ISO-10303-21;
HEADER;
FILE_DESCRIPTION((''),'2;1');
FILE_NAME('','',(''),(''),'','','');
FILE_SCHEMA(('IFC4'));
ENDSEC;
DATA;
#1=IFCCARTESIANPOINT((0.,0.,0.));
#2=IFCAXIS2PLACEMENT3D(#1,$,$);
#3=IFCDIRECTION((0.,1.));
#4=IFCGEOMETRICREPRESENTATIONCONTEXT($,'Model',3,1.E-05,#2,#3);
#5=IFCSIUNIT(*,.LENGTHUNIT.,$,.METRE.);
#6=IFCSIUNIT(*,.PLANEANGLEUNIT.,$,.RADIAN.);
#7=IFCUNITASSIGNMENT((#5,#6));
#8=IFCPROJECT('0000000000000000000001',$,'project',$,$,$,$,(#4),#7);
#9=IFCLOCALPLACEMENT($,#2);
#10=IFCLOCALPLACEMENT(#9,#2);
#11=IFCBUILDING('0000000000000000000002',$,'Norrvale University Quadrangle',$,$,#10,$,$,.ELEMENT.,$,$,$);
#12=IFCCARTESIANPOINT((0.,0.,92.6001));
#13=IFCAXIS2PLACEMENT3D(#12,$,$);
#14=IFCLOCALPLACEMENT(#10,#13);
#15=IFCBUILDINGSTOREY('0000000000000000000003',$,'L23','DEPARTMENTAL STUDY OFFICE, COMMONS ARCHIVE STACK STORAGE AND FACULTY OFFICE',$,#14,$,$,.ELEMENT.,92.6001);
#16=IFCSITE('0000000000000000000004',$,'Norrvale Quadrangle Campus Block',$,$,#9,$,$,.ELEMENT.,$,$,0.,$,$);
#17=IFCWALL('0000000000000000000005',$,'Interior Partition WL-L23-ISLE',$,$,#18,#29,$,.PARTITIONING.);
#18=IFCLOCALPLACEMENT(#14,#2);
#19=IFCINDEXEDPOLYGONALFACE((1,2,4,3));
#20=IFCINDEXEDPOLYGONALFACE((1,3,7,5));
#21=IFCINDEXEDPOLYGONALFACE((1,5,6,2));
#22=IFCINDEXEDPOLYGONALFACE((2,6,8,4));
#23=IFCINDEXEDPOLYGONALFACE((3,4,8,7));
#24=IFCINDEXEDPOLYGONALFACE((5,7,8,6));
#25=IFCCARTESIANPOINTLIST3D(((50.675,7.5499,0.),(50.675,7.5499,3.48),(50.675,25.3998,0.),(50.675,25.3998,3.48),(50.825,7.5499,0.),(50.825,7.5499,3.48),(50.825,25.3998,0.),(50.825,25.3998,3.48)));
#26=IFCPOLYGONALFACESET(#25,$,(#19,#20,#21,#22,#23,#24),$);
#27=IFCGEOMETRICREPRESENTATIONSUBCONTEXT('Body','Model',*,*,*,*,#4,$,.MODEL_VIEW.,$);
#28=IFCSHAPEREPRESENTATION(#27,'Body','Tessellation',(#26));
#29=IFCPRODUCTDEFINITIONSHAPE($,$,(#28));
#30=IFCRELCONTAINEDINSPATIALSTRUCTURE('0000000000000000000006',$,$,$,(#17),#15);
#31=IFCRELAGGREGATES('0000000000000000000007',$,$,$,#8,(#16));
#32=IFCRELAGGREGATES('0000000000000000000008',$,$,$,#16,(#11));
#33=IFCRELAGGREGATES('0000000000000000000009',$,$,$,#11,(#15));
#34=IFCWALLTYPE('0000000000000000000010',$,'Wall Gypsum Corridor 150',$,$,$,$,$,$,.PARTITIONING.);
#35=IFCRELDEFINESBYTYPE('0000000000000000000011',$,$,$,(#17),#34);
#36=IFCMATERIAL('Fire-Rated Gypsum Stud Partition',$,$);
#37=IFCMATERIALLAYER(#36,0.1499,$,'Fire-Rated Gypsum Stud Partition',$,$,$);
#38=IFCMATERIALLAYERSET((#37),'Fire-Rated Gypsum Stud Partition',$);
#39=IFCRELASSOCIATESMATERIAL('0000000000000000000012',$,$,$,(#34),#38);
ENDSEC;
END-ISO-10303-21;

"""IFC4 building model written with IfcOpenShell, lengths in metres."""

from ifc_helpers import new_model, si_unit, direction, frame, frame_2d, origin, place, context, subcontext, project, spatial, rectangle, extrude, material, layer, layer_set, type_object, element, save


model = new_model("IFC4")

# Units and contexts
model_context = context("Model", 3, precision=1e-05, world=origin(), true_north=direction((0.0, 1.0)))
body_context = subcontext(model_context, "Body", "Model", "MODEL_VIEW")
ifc_project = project(units=[si_unit("LENGTHUNIT", "METRE"), si_unit("PLANEANGLEUNIT", "RADIAN")], contexts=[model_context])

# Site, building, storey
site_placement = place(None, origin())
site = spatial("IfcSite", under=ifc_project, at=site_placement, Name="Norrvale Quadrangle Campus Block", CompositionType="ELEMENT", RefElevation=0.0)
building_placement = place(site_placement, origin())
building = spatial("IfcBuilding", under=site, at=building_placement, Name="Norrvale University Quadrangle", CompositionType="ELEMENT")
storey_placement = place(building_placement, frame((0.0, 0.0, 92.6001)))
storey = spatial("IfcBuildingStorey", under=building, at=storey_placement, Name="L23", Description="DEPARTMENTAL STUDY OFFICE, COMMONS ARCHIVE STACK STORAGE AND FACULTY OFFICE", CompositionType="ELEMENT", Elevation=92.6001)

# Shared definitions
ifc_material_1 = material(Name="Fire-Rated Gypsum Stud Partition")
ifc_layer_1 = layer(ifc_material_1, 0.1499, Name="Fire-Rated Gypsum Stud Partition")
ifc_layer_set_1 = layer_set([ifc_layer_1], Name="Fire-Rated Gypsum Stud Partition")
wall_type_1 = type_object("IfcWallType", Name="Wall Gypsum Corridor 150", PredefinedType="PARTITIONING", material=ifc_layer_set_1)

# Wall
wall_1_placement = place(storey_placement, frame((50.75, 7.55, 0.0), z_axis=(0.0, 0.0, 1.0), x_axis=(0.0, 1.0, 0.0)))
element("IfcWall", 1, at=wall_1_placement, inside=storey, type_object=wall_type_1, Name="Interior Partition WL-L23-ISLE", PredefinedType="PARTITIONING", context=body_context, shape_type="SweptSolid", body=[
    extrude(rectangle(XDim=17.8499, YDim=0.1499, at=frame_2d((8.9248, 0.0))), origin(), (0.0, 0.0, 1.0), 3.48),
])

save(model, "model.ifc")
